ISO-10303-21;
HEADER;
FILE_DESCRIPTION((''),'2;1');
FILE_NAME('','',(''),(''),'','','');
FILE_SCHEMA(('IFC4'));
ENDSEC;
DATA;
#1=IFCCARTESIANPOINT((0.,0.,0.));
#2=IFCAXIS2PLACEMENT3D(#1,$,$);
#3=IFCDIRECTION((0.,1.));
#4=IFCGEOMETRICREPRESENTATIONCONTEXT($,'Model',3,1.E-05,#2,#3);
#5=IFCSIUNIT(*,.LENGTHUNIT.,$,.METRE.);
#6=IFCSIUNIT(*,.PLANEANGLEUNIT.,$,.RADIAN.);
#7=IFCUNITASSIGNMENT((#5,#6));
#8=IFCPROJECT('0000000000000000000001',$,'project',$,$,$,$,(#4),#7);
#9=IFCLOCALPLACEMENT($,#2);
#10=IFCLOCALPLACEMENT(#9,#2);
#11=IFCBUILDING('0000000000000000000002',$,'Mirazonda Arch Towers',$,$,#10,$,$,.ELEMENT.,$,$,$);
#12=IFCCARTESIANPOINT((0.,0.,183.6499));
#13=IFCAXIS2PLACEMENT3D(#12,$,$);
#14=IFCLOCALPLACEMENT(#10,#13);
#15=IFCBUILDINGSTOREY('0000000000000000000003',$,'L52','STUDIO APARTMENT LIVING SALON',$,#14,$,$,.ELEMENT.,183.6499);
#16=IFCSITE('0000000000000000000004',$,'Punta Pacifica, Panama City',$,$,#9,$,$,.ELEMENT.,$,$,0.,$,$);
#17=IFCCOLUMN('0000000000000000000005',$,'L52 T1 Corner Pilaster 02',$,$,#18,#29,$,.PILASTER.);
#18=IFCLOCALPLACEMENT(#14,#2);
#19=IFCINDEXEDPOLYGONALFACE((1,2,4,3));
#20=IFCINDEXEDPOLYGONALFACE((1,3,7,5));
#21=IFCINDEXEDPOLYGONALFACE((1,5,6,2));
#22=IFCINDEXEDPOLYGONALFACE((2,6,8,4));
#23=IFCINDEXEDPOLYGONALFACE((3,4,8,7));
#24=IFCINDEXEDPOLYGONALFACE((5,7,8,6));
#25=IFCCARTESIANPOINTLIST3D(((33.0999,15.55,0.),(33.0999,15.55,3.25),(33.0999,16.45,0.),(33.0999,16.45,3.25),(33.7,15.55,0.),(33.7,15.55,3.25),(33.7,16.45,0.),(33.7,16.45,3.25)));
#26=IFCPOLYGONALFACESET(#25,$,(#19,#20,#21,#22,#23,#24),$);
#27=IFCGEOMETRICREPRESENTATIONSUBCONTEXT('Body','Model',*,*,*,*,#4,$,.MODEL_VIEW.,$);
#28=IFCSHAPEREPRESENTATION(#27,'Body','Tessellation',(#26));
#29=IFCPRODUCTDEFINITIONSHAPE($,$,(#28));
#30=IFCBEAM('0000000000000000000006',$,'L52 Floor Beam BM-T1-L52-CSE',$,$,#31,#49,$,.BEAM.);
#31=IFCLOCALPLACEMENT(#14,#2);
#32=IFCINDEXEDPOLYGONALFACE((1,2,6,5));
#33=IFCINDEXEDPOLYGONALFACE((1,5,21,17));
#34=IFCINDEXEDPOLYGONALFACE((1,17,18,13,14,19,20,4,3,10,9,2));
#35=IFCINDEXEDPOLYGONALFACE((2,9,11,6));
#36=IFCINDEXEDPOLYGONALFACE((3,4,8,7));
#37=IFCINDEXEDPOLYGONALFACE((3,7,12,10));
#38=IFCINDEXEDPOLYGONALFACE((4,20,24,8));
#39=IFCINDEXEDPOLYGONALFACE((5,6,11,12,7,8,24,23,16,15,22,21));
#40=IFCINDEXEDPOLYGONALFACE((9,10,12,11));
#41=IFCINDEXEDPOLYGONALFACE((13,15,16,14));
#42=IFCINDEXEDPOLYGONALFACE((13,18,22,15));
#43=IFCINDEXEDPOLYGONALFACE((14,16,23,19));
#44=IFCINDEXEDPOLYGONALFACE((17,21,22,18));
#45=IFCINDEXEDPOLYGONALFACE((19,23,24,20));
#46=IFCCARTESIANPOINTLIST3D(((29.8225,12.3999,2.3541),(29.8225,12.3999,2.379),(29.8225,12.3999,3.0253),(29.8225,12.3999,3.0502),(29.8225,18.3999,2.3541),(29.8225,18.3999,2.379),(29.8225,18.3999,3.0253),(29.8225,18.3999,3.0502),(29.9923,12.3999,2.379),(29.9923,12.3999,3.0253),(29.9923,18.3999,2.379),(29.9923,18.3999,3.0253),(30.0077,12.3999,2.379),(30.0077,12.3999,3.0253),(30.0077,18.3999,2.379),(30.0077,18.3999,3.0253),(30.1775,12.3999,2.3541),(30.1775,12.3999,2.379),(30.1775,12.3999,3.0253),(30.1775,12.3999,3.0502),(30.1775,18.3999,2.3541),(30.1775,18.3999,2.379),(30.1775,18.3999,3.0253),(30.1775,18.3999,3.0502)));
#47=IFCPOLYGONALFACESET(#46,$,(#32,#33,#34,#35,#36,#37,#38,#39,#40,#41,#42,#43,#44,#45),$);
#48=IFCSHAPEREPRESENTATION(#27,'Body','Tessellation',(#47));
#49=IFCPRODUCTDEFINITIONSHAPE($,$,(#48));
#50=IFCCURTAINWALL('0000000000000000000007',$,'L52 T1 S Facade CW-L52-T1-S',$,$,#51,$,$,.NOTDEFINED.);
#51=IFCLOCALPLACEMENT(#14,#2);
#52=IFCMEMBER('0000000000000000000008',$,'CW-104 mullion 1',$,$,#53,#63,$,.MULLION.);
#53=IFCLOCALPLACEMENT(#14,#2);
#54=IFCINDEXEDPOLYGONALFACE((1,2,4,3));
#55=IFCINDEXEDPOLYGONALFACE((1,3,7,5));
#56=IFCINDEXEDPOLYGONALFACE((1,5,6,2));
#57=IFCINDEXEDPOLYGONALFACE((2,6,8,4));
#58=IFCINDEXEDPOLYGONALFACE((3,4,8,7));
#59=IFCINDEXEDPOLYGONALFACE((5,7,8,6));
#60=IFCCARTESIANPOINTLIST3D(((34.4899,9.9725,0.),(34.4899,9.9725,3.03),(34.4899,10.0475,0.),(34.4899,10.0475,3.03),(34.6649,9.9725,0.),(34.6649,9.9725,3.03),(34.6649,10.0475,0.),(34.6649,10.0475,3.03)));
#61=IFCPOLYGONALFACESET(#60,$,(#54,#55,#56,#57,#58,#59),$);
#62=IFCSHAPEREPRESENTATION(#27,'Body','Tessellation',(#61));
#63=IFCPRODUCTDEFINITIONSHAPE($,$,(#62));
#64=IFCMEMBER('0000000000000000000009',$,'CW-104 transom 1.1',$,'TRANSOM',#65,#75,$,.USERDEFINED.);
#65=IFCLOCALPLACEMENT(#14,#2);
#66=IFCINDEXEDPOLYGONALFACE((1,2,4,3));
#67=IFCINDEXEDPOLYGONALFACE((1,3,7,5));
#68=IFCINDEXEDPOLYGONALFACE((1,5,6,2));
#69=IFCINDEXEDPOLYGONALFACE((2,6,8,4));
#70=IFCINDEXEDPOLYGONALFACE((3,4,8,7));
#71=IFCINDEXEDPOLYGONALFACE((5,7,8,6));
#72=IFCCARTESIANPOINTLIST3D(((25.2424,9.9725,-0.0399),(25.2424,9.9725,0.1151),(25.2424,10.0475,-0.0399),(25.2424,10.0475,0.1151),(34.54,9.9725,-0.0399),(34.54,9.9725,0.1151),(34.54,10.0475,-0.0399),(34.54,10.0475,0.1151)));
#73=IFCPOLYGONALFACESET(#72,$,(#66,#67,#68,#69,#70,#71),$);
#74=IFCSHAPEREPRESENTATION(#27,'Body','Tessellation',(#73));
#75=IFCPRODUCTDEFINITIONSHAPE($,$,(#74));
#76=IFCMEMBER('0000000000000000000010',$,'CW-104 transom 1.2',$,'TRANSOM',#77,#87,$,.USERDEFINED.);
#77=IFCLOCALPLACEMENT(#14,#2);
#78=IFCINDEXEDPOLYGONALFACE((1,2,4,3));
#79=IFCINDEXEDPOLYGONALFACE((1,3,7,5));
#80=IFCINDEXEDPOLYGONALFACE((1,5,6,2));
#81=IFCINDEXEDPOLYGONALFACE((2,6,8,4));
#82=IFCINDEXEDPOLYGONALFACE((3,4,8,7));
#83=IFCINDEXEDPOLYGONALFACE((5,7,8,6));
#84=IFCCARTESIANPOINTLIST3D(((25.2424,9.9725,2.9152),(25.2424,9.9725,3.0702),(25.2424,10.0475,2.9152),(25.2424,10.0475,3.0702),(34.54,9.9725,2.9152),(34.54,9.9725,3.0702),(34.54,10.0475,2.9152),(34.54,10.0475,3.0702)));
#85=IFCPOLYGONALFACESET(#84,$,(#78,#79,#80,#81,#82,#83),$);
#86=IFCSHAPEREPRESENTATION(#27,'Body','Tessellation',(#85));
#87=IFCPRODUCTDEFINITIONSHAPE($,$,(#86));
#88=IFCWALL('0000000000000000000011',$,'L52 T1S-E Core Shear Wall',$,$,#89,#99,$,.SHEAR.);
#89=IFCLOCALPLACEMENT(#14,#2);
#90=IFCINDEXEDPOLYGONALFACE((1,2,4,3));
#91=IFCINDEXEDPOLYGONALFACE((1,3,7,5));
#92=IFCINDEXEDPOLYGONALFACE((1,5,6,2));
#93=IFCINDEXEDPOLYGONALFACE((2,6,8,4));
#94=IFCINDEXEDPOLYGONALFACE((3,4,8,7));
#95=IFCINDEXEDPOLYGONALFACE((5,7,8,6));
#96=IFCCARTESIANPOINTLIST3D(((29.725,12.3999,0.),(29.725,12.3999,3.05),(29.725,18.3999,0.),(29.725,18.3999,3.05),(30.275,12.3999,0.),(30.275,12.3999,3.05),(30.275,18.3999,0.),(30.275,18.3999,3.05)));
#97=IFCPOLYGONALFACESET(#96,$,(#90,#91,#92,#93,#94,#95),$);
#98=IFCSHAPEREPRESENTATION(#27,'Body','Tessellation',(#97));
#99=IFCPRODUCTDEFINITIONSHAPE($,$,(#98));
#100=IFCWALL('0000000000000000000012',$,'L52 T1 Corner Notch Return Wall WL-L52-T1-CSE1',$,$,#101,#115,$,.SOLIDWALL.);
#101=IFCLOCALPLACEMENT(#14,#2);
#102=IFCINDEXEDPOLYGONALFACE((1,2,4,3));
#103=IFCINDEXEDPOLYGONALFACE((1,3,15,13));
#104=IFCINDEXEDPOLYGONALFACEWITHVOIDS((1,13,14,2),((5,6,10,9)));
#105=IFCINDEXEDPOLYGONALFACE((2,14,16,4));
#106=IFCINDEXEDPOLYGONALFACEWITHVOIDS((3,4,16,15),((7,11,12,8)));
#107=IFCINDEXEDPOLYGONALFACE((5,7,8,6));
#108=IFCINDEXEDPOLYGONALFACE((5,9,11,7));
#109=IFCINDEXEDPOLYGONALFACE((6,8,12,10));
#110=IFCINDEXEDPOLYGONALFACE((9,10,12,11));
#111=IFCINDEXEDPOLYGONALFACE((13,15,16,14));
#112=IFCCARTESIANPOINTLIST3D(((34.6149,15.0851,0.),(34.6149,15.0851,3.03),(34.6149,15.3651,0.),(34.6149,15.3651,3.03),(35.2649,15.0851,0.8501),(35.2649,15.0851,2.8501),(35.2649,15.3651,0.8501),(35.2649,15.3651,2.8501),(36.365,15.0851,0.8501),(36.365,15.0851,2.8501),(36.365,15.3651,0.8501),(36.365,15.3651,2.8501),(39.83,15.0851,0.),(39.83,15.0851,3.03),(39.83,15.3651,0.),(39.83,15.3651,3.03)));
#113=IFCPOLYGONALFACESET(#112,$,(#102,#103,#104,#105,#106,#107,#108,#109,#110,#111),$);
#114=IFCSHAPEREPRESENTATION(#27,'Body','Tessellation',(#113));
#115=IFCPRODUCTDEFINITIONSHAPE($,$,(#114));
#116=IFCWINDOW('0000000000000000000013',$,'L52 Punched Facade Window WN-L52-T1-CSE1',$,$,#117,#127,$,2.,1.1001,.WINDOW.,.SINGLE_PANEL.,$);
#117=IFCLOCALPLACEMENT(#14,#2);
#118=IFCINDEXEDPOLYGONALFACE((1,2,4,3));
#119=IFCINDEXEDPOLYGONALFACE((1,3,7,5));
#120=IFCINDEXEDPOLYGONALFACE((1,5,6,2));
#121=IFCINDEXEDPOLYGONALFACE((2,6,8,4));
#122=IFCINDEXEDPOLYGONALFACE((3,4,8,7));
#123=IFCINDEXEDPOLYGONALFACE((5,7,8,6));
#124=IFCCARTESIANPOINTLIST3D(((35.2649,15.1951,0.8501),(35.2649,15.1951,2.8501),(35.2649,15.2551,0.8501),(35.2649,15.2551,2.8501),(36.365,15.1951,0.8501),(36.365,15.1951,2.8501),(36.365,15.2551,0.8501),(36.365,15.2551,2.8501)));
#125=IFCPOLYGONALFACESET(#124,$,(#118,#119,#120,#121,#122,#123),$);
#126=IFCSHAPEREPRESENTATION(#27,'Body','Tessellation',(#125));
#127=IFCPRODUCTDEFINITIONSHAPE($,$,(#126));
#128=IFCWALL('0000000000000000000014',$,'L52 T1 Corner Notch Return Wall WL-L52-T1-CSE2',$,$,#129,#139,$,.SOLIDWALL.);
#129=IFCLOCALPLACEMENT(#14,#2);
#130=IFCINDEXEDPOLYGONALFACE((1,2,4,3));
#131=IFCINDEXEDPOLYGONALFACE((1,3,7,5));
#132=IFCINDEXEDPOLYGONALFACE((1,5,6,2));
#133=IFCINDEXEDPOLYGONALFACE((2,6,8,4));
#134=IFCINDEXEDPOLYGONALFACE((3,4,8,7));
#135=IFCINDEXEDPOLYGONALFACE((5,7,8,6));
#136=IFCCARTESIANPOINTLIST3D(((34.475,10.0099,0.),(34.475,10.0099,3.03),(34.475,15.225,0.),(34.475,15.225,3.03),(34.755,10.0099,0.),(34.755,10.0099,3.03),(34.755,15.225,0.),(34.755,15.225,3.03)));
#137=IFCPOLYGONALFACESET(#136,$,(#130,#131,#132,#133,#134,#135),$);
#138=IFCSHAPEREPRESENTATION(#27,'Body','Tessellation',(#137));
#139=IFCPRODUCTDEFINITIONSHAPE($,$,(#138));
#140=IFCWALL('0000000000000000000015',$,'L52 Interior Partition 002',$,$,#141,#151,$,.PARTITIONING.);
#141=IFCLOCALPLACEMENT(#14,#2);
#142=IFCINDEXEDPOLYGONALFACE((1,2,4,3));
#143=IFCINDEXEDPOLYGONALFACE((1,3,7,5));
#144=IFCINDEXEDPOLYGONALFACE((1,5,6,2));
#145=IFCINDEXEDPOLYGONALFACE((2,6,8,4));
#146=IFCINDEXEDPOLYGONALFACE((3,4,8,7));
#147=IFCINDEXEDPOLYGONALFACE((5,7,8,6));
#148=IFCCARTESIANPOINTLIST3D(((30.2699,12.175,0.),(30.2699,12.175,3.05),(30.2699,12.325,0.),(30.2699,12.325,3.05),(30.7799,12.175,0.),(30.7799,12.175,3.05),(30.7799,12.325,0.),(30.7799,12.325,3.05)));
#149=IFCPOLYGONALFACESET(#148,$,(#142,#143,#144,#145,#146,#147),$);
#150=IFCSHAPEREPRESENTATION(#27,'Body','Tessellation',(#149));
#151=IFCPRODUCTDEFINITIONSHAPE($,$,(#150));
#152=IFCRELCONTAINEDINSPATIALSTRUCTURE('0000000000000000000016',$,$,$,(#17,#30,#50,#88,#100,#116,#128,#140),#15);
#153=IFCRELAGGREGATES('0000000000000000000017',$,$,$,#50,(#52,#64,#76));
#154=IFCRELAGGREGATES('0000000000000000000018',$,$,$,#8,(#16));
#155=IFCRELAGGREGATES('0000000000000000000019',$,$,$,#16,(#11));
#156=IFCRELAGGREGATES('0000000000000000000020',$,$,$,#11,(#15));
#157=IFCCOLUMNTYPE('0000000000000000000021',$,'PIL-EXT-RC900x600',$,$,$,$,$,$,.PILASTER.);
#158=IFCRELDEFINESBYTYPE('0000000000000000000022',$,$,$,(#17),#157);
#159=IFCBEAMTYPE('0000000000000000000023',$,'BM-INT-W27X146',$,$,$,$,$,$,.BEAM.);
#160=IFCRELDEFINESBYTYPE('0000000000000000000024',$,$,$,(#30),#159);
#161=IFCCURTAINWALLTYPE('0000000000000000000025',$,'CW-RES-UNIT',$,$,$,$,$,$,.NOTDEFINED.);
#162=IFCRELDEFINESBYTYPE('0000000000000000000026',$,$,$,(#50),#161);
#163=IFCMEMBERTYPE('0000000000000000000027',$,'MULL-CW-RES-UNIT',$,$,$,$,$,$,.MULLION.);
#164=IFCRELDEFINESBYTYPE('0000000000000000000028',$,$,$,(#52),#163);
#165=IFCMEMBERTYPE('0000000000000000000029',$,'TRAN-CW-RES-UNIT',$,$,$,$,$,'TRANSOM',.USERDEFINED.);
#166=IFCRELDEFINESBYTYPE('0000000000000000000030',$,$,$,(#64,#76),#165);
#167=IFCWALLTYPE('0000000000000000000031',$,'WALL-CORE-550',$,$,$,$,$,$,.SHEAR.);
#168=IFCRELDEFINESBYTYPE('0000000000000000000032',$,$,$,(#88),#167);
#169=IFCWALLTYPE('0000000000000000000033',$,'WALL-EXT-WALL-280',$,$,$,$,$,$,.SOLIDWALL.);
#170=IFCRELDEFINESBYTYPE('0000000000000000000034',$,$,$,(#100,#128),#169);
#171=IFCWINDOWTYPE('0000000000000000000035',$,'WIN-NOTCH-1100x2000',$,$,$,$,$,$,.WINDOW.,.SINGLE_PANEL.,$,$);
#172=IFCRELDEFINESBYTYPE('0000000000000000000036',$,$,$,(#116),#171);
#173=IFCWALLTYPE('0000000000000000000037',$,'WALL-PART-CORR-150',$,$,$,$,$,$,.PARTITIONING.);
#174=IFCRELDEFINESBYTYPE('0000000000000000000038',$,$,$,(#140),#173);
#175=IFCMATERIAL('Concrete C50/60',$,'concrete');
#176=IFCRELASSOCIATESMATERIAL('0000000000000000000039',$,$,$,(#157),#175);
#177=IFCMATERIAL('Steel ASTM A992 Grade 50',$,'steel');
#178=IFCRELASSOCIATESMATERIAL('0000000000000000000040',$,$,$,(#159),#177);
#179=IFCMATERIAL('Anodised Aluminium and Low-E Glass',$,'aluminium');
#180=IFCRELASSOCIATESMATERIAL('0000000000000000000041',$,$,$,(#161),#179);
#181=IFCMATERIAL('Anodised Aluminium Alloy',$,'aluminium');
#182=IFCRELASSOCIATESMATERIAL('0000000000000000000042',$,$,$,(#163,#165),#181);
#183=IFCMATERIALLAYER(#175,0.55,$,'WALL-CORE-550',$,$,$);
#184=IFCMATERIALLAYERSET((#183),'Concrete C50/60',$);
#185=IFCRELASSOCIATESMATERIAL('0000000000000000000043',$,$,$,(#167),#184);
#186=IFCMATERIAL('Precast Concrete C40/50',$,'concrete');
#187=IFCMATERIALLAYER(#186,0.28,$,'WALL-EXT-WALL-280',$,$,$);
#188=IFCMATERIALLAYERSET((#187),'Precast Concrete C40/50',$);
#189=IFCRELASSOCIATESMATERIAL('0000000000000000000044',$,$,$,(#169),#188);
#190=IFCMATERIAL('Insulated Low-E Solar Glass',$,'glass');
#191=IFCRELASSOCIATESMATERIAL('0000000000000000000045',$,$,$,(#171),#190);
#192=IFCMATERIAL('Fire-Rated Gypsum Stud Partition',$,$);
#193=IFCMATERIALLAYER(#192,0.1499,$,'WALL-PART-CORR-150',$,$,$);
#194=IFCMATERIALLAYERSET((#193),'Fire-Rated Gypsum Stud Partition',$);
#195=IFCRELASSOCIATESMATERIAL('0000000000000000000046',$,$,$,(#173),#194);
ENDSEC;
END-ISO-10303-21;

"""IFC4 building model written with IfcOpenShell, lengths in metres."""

from ifc_helpers import new_model, si_unit, direction, frame, frame_2d, origin, origin_2d, place, context, subcontext, project, spatial, rectangle, i_section, extrude, material, layer, layer_set, material_profile, profile_set, type_object, element, fill, aggregate, save


model = new_model("IFC4")

# Units and contexts
model_context = context("Model", 3, precision=1e-05, world=origin(), true_north=direction((0.0, 1.0)))
body_context = subcontext(model_context, "Body", "Model", "MODEL_VIEW")
ifc_project = project(units=[si_unit("LENGTHUNIT", "METRE"), si_unit("PLANEANGLEUNIT", "RADIAN")], contexts=[model_context])

# Site, building, storey
site_placement = place(None, origin())
site = spatial("IfcSite", under=ifc_project, at=site_placement, Name="Punta Pacifica, Panama City", CompositionType="ELEMENT", RefElevation=0.0)
building_placement = place(site_placement, origin())
building = spatial("IfcBuilding", under=site, at=building_placement, Name="Mirazonda Arch Towers", CompositionType="ELEMENT")
storey_placement = place(building_placement, frame((0.0, 0.0, 183.6499)))
storey = spatial("IfcBuildingStorey", under=building, at=storey_placement, Name="L52", Description="STUDIO APARTMENT LIVING SALON", CompositionType="ELEMENT", Elevation=183.6499)

# Column
ifc_material_1 = material(Name="Concrete C50/60", Category="concrete")
ifc_material_profile_1 = material_profile(ifc_material_1, rectangle(XDim=0.6001, YDim=0.8999, at=origin_2d()), Name="RC900x600")
ifc_profile_set_1 = profile_set([ifc_material_profile_1], Name="Concrete C50/60")
column_type = type_object("IfcColumnType", Name="PIL-EXT-RC900x600", PredefinedType="PILASTER", material=ifc_profile_set_1)
column_placement = place(storey_placement, frame((33.3999, 16.0, 0.0), z_axis=(0.0, 0.0, 1.0), x_axis=(1.0, 0.0, 0.0)))
element("IfcColumn", 1, at=column_placement, inside=storey, type_object=column_type, Name="L52 T1 Corner Pilaster 02", PredefinedType="PILASTER", context=body_context, shape_type="SweptSolid", body=[
    extrude(rectangle(XDim=0.6001, YDim=0.8999, at=origin_2d()), origin(), (0.0, 0.0, 1.0), 3.25),
])

# Beam
ifc_material_2 = material(Name="Steel ASTM A992 Grade 50", Category="steel")
ifc_material_profile_2 = material_profile(ifc_material_2, i_section(OverallWidth=0.355, OverallDepth=0.696, WebThickness=0.0154, FlangeThickness=0.0249, at=origin_2d()), Name="W27X146")
ifc_profile_set_2 = profile_set([ifc_material_profile_2], Name="Steel ASTM A992 Grade 50")
beam_type = type_object("IfcBeamType", Name="BM-INT-W27X146", PredefinedType="BEAM", material=ifc_profile_set_2)
beam_placement = place(storey_placement, frame((30.0, 12.3999, 2.7021), z_axis=(0.0, 1.0, 0.0), x_axis=(-1.0, 0.0, 0.0)))
element("IfcBeam", 2, at=beam_placement, inside=storey, type_object=beam_type, Name="L52 Floor Beam BM-T1-L52-CSE", PredefinedType="BEAM", context=body_context, shape_type="SweptSolid", body=[
    extrude(i_section(OverallWidth=0.355, OverallDepth=0.696, WebThickness=0.0154, FlangeThickness=0.0249, at=origin_2d()), origin(), (0.0, 0.0, 1.0), 6.0),
])

# Curtain wall, members
ifc_material_3 = material(Name="Anodised Aluminium and Low-E Glass", Category="aluminium")
curtain_wall_type = type_object("IfcCurtainWallType", Name="CW-RES-UNIT", PredefinedType="NOTDEFINED", material=ifc_material_3)
curtain_wall_placement = place(storey_placement, origin())
curtain_wall = element("IfcCurtainWall", 3, at=curtain_wall_placement, inside=storey, type_object=curtain_wall_type, Name="L52 T1 S Facade CW-L52-T1-S", PredefinedType="NOTDEFINED")
ifc_material_4 = material(Name="Anodised Aluminium Alloy", Category="aluminium")
ifc_material_profile_3 = material_profile(ifc_material_4, rectangle(XDim=0.075, YDim=0.175, at=origin_2d()), Name="ALU-MULL-75x175")
ifc_profile_set_3 = profile_set([ifc_material_profile_3], Name="Anodised Aluminium Alloy")
member_type_1 = type_object("IfcMemberType", Name="MULL-CW-RES-UNIT", PredefinedType="MULLION", material=ifc_profile_set_3)
member_1_placement = place(storey_placement, frame((34.5774, 10.01, 0.0), z_axis=(0.0, 0.0, 1.0), x_axis=(0.0, -1.0, 0.0)))
member_1 = element("IfcMember", 4, at=member_1_placement, type_object=member_type_1, Name="CW-104 mullion 1", PredefinedType="MULLION", context=body_context, shape_type="SweptSolid", body=[
    extrude(rectangle(XDim=0.075, YDim=0.175, at=origin_2d()), origin(), (0.0, 0.0, 1.0), 3.03),
])
ifc_material_profile_4 = material_profile(ifc_material_4, rectangle(XDim=0.075, YDim=0.155, at=origin_2d()), Name="ALU-TRAN-75x155")
ifc_profile_set_4 = profile_set([ifc_material_profile_4], Name="Anodised Aluminium Alloy")
member_type_2 = type_object("IfcMemberType", Name="TRAN-CW-RES-UNIT", ElementType="TRANSOM", PredefinedType="USERDEFINED", material=ifc_profile_set_4)
member_2_placement = place(storey_placement, frame((34.54, 10.01, 0.0376), z_axis=(-1.0, 0.0, 0.0), x_axis=(0.0, -1.0, 0.0)))
member_2 = element("IfcMember", 5, at=member_2_placement, type_object=member_type_2, Name="CW-104 transom 1.1", ObjectType="TRANSOM", PredefinedType="USERDEFINED", context=body_context, shape_type="SweptSolid", body=[
    extrude(rectangle(XDim=0.075, YDim=0.155, at=origin_2d()), origin(), (0.0, 0.0, 1.0), 9.2976),
])
member_3_placement = place(storey_placement, frame((34.54, 10.01, 2.9927), z_axis=(-1.0, 0.0, 0.0), x_axis=(0.0, -1.0, 0.0)))
member_3 = element("IfcMember", 6, at=member_3_placement, type_object=member_type_2, Name="CW-104 transom 1.2", ObjectType="TRANSOM", PredefinedType="USERDEFINED", context=body_context, shape_type="SweptSolid", body=[
    extrude(rectangle(XDim=0.075, YDim=0.155, at=origin_2d()), origin(), (0.0, 0.0, 1.0), 9.2976),
])
aggregate(curtain_wall, [member_1, member_2, member_3])

# Wall
ifc_layer_1 = layer(ifc_material_1, 0.55, Name="WALL-CORE-550")
ifc_layer_set_1 = layer_set([ifc_layer_1], Name="Concrete C50/60")
wall_type_1 = type_object("IfcWallType", Name="WALL-CORE-550", PredefinedType="SHEAR", material=ifc_layer_set_1)
wall_1_placement = place(storey_placement, frame((30.0, 12.3999, 0.0), z_axis=(0.0, 0.0, 1.0), x_axis=(0.0, 1.0, 0.0)))
element("IfcWall", 7, at=wall_1_placement, inside=storey, type_object=wall_type_1, Name="L52 T1S-E Core Shear Wall", PredefinedType="SHEAR", context=body_context, shape_type="SweptSolid", body=[
    extrude(rectangle(XDim=6.0, YDim=0.55, at=frame_2d((3.0, 0.0))), origin(), (0.0, 0.0, 1.0), 3.05),
])

# Wall, opening, window
ifc_material_5 = material(Name="Precast Concrete C40/50", Category="concrete")
ifc_layer_2 = layer(ifc_material_5, 0.28, Name="WALL-EXT-WALL-280")
ifc_layer_set_2 = layer_set([ifc_layer_2], Name="Precast Concrete C40/50")
wall_type_2 = type_object("IfcWallType", Name="WALL-EXT-WALL-280", PredefinedType="SOLIDWALL", material=ifc_layer_set_2)
wall_2_placement = place(storey_placement, frame((34.615, 15.2251, 0.0), z_axis=(0.0, 0.0, 1.0), x_axis=(1.0, 0.0, 0.0)))
wall_2 = element("IfcWall", 8, at=wall_2_placement, inside=storey, type_object=wall_type_2, Name="L52 T1 Corner Notch Return Wall WL-L52-T1-CSE1", PredefinedType="SOLIDWALL", context=body_context, shape_type="SweptSolid", body=[
    extrude(rectangle(XDim=5.2151, YDim=0.28, at=frame_2d((2.6074, 0.0))), origin(), (0.0, 0.0, 1.0), 3.03),
])
opening_1_placement = place(wall_2_placement, frame((0.6499, 0.0, 0.8501)))
opening_1 = element("IfcOpeningElement", 9, at=opening_1_placement, cuts=wall_2, PredefinedType="OPENING", context=body_context, shape_type="SweptSolid", body=[
    extrude(rectangle(XDim=1.1001, YDim=2.0, at=frame_2d((0.55, 1.0))), frame((0.0, 0.1499, 0.0), z_axis=(0.0, -1.0, 0.0), x_axis=(1.0, 0.0, 0.0)), (0.0, 0.0, 1.0), 0.3),
])
ifc_material_6 = material(Name="Insulated Low-E Solar Glass", Category="glass")
window_type = type_object("IfcWindowType", Name="WIN-NOTCH-1100x2000", PartitioningType="SINGLE_PANEL", PredefinedType="WINDOW", material=ifc_material_6)
window_placement = place(opening_1_placement, origin())
window = element("IfcWindow", 10, at=window_placement, inside=storey, type_object=window_type, Name="L52 Punched Facade Window WN-L52-T1-CSE1", OverallHeight=2.0, OverallWidth=1.1001, PartitioningType="SINGLE_PANEL", PredefinedType="WINDOW", context=body_context, shape_type="SweptSolid", body=[
    extrude(rectangle(XDim=1.1001, YDim=2.0, at=frame_2d((0.55, 1.0))), frame((0.0, 0.03, 0.0), z_axis=(0.0, -1.0, 0.0), x_axis=(1.0, 0.0, 0.0)), (0.0, 0.0, 1.0), 0.0601),
])
fill(opening_1, window)

# Walls
wall_3_placement = place(storey_placement, frame((34.615, 10.01, 0.0), z_axis=(0.0, 0.0, 1.0), x_axis=(0.0, 1.0, 0.0)))
element("IfcWall", 11, at=wall_3_placement, inside=storey, type_object=wall_type_2, Name="L52 T1 Corner Notch Return Wall WL-L52-T1-CSE2", PredefinedType="SOLIDWALL", context=body_context, shape_type="SweptSolid", body=[
    extrude(rectangle(XDim=5.2151, YDim=0.28, at=frame_2d((2.6074, 0.0))), origin(), (0.0, 0.0, 1.0), 3.03),
])
ifc_material_7 = material(Name="Fire-Rated Gypsum Stud Partition")
ifc_layer_3 = layer(ifc_material_7, 0.1499, Name="WALL-PART-CORR-150")
ifc_layer_set_3 = layer_set([ifc_layer_3], Name="Fire-Rated Gypsum Stud Partition")
wall_type_3 = type_object("IfcWallType", Name="WALL-PART-CORR-150", PredefinedType="PARTITIONING", material=ifc_layer_set_3)
wall_4_placement = place(storey_placement, frame((30.27, 12.25, 0.0), z_axis=(0.0, 0.0, 1.0), x_axis=(1.0, 0.0, 0.0)))
element("IfcWall", 12, at=wall_4_placement, inside=storey, type_object=wall_type_3, Name="L52 Interior Partition 002", PredefinedType="PARTITIONING", context=body_context, shape_type="SweptSolid", body=[
    extrude(rectangle(XDim=0.51, YDim=0.1499, at=frame_2d((0.2549, 0.0))), origin(), (0.0, 0.0, 1.0), 3.05),
])

save(model, "model.ifc")
